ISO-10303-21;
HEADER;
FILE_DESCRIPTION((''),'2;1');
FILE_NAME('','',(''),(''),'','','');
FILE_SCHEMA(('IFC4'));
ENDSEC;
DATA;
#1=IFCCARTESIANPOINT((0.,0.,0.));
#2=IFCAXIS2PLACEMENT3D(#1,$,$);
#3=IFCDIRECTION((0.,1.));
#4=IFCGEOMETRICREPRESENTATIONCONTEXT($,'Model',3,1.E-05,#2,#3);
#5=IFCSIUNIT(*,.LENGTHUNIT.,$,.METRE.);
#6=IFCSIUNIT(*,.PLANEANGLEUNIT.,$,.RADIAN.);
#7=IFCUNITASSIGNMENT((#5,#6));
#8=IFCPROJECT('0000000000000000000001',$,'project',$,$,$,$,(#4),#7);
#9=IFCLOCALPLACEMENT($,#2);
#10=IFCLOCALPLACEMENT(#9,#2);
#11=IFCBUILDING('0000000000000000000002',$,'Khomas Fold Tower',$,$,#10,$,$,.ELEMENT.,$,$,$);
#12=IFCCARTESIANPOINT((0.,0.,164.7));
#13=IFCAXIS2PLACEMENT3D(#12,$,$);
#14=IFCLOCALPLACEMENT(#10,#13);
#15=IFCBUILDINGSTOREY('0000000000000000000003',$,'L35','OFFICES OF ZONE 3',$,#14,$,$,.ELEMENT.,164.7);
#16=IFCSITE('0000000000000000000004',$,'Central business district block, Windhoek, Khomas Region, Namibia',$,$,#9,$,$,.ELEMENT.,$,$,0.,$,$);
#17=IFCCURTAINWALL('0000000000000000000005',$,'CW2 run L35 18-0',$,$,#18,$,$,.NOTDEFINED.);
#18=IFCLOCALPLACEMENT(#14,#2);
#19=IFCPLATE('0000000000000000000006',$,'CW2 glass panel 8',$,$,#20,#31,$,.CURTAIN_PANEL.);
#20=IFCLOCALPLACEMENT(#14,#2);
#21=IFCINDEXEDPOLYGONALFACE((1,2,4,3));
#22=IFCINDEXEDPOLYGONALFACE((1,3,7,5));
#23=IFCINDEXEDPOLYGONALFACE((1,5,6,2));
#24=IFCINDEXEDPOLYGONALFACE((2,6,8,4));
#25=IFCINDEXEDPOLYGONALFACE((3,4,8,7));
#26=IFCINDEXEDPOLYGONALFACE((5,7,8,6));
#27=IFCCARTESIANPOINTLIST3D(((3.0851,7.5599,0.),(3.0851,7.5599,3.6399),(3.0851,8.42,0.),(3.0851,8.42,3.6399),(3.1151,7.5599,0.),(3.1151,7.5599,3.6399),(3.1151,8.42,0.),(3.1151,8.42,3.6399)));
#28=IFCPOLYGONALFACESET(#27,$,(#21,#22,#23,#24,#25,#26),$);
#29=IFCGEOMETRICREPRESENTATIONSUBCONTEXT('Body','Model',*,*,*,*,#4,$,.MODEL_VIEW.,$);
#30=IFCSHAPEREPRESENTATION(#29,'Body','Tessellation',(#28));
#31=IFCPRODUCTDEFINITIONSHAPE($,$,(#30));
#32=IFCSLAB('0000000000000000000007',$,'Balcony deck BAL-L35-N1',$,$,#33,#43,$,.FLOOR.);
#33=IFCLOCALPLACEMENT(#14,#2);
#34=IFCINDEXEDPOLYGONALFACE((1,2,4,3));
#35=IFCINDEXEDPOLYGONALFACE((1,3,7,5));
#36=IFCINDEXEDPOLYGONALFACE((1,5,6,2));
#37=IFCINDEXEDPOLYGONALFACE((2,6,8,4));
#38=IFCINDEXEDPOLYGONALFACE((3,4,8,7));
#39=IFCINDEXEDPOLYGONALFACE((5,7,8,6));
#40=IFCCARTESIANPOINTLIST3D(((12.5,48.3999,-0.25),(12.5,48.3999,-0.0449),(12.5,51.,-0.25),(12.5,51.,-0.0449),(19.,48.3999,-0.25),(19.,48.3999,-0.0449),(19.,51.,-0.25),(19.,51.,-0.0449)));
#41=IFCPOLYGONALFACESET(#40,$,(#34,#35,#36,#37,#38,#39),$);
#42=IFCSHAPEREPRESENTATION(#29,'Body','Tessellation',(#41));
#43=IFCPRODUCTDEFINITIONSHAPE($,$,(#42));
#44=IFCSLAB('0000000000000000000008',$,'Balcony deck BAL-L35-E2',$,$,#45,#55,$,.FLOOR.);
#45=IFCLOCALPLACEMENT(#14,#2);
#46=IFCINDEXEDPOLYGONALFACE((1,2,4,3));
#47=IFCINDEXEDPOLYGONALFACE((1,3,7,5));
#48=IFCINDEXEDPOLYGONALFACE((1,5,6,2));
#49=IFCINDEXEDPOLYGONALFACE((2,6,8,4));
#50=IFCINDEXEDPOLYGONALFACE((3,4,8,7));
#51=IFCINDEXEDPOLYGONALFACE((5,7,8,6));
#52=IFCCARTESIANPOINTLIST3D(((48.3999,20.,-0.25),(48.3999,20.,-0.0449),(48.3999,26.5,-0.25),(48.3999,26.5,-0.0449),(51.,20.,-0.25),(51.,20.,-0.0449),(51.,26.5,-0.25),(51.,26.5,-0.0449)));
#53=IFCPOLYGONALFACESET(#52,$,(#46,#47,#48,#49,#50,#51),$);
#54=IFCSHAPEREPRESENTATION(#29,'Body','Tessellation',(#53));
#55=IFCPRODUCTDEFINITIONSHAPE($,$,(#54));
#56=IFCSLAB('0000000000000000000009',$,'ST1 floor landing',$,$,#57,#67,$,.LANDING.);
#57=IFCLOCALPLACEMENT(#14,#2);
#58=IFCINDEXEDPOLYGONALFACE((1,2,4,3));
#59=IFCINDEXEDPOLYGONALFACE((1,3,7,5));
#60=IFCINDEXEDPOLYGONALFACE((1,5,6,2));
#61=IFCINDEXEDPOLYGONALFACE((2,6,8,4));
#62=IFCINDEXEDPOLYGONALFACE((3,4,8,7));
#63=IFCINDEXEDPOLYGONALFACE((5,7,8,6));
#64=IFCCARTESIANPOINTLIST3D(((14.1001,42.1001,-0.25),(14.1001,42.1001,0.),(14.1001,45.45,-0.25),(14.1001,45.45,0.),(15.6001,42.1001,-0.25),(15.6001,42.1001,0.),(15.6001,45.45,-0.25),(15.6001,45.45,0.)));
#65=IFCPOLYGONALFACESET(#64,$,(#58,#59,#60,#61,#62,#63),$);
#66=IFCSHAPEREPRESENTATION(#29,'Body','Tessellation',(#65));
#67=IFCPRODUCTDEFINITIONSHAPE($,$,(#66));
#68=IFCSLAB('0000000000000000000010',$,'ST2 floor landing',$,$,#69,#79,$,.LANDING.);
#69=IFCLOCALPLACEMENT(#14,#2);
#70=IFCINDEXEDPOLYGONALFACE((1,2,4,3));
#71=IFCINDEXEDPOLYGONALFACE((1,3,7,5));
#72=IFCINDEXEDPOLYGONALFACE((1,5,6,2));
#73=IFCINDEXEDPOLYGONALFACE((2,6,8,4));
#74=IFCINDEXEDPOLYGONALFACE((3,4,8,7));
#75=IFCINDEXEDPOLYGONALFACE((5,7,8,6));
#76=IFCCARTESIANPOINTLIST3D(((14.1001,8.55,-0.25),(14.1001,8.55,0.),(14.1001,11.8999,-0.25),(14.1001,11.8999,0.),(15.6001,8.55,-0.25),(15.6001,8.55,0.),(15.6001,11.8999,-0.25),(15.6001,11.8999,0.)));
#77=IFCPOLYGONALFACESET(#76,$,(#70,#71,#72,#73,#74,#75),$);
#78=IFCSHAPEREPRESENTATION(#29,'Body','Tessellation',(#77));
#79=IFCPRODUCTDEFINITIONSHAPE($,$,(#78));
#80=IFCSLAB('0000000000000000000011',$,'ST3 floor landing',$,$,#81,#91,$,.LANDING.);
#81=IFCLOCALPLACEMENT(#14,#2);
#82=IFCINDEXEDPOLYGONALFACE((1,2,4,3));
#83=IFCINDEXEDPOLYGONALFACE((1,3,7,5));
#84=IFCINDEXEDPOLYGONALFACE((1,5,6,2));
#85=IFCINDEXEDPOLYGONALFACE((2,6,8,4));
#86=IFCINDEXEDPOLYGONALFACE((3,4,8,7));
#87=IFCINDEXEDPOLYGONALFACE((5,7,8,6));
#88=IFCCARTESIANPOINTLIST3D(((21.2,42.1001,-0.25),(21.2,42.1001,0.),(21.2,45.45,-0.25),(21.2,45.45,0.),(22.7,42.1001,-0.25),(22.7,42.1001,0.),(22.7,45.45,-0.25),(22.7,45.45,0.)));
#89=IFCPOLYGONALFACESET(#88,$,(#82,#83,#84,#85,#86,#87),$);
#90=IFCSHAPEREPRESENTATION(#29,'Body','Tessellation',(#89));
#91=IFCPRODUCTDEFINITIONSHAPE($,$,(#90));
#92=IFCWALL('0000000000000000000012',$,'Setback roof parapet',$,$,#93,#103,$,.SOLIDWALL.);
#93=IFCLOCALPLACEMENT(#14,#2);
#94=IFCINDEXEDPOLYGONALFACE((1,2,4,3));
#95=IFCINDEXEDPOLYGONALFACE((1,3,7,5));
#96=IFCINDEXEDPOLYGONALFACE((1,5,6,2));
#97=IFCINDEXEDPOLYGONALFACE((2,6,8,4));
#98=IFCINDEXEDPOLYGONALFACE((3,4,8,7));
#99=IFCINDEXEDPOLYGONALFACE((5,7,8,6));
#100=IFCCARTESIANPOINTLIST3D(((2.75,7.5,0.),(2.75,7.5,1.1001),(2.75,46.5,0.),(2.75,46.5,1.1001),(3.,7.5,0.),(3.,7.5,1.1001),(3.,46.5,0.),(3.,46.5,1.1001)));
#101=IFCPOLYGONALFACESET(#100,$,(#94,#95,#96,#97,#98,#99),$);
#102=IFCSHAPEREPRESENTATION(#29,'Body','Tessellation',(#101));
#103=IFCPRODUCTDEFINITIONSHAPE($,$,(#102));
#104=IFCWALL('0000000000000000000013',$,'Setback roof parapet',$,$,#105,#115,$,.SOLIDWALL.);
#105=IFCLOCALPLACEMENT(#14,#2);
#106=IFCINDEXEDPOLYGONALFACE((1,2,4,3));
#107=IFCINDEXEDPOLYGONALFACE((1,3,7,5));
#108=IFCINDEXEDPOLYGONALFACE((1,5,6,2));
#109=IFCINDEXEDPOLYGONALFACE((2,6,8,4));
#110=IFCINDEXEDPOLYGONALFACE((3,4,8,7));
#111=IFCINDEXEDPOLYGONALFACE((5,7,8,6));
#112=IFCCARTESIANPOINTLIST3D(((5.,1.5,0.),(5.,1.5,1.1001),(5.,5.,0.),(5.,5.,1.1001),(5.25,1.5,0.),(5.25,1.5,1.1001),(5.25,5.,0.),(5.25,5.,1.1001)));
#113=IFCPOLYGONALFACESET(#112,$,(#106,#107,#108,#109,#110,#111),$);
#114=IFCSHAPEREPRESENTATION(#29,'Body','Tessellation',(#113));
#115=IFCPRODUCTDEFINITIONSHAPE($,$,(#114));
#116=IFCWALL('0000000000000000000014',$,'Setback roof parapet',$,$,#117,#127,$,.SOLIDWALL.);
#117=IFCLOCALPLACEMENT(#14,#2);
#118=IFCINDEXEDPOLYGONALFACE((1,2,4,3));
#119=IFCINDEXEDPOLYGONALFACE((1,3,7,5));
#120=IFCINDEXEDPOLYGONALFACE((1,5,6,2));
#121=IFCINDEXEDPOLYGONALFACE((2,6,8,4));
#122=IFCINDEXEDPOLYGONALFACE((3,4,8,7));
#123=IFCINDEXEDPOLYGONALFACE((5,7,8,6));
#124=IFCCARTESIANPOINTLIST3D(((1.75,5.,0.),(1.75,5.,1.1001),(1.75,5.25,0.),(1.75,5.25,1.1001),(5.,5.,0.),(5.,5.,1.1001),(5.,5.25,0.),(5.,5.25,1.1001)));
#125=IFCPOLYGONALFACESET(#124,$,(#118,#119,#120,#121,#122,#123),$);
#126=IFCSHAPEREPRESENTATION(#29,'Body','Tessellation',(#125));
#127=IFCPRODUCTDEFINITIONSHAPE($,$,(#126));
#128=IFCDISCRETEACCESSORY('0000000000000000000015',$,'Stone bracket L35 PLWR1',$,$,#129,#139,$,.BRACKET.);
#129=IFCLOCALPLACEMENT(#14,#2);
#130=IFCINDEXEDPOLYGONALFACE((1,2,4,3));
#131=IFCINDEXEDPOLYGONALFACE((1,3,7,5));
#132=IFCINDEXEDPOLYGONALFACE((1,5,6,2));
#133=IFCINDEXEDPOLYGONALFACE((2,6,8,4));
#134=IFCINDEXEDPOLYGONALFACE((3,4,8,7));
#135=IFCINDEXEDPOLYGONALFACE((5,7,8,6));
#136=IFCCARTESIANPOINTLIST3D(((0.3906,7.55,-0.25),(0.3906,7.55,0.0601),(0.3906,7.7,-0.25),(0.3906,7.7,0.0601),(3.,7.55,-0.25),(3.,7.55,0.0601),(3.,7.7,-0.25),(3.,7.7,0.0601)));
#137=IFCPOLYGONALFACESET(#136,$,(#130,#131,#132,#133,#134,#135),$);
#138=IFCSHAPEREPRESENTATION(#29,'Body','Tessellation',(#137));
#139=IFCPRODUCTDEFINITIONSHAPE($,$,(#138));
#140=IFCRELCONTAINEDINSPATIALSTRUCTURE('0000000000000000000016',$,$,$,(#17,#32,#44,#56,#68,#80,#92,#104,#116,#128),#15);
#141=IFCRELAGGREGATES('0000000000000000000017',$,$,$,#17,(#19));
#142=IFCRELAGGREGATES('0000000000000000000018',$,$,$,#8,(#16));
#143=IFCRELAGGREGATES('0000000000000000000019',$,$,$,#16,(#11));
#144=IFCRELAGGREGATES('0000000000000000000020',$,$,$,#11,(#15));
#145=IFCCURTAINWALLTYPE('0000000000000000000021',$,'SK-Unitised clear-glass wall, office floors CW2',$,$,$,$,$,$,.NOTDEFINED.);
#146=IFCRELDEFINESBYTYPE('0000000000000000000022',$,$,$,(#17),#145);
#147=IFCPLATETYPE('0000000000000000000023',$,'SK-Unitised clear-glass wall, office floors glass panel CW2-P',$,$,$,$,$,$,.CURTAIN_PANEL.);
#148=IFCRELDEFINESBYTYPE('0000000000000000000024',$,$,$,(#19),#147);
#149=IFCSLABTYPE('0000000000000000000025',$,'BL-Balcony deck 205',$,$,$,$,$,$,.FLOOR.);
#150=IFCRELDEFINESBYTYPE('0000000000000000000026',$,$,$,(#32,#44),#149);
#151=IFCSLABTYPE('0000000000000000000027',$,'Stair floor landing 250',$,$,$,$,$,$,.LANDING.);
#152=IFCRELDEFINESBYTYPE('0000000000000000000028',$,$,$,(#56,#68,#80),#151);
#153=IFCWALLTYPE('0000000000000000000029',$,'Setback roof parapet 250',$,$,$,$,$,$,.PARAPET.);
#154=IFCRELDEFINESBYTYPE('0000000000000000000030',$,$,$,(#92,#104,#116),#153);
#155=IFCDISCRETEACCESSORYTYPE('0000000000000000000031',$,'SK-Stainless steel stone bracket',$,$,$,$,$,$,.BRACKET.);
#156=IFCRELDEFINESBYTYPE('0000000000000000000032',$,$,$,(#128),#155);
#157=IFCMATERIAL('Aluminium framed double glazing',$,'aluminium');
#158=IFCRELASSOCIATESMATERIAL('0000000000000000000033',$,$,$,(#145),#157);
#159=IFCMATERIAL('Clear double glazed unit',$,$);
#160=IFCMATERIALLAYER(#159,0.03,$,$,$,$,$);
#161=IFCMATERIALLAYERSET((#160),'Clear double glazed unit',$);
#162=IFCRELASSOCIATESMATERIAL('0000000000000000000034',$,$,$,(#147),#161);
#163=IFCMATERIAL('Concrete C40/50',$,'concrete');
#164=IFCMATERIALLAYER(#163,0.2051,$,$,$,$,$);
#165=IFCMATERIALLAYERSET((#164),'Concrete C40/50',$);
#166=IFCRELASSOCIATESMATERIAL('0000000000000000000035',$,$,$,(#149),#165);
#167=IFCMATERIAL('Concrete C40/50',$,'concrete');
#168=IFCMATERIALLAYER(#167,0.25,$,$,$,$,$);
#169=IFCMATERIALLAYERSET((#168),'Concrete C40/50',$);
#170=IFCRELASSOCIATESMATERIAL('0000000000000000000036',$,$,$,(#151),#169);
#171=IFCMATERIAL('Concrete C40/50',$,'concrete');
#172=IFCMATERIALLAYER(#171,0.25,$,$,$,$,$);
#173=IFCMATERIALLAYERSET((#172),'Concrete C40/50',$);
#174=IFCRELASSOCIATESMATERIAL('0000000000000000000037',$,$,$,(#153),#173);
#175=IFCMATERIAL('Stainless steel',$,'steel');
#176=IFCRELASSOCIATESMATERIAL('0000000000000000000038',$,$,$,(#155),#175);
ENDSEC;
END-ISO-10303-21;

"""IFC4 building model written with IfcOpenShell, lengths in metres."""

from ifc_helpers import new_model, si_unit, direction, frame, frame_2d, origin, origin_2d, place, context, subcontext, project, spatial, polyline, rectangle, outline, extrude, source, transform, mapped, material, layer, layer_set, type_object, element, aggregate, save


model = new_model("IFC4")

# Units and contexts
model_context = context("Model", 3, precision=1e-05, world=origin(), true_north=direction((0.0, 1.0)))
body_context = subcontext(model_context, "Body", "Model", "MODEL_VIEW")
ifc_project = project(units=[si_unit("LENGTHUNIT", "METRE"), si_unit("PLANEANGLEUNIT", "RADIAN")], contexts=[model_context])

# Site, building, storey
site_placement = place(None, origin())
site = spatial("IfcSite", under=ifc_project, at=site_placement, Name="Central business district block, Windhoek, Khomas Region, Namibia", CompositionType="ELEMENT", RefElevation=0.0)
building_placement = place(site_placement, origin())
building = spatial("IfcBuilding", under=site, at=building_placement, Name="Khomas Fold Tower", CompositionType="ELEMENT")
storey_placement = place(building_placement, frame((0.0, 0.0, 164.7)))
storey = spatial("IfcBuildingStorey", under=building, at=storey_placement, Name="L35", Description="OFFICES OF ZONE 3", CompositionType="ELEMENT", Elevation=164.7)

# Curtain wall
ifc_material_1 = material(Name="Aluminium framed double glazing", Category="aluminium")
curtain_wall_type = type_object("IfcCurtainWallType", Name="SK-Unitised clear-glass wall, office floors CW2", PredefinedType="NOTDEFINED", material=ifc_material_1)
curtain_wall_1_placement = place(storey_placement, origin())
curtain_wall_1 = element("IfcCurtainWall", 1, at=curtain_wall_1_placement, inside=storey, type_object=curtain_wall_type, Name="CW2 run L35 18-0", PredefinedType="NOTDEFINED")

# Plate
ifc_material_2 = material(Name="Clear double glazed unit")
ifc_layer_1 = layer(ifc_material_2, 0.03)
ifc_layer_set_1 = layer_set([ifc_layer_1], Name="Clear double glazed unit")
plate_type = type_object("IfcPlateType", Name="SK-Unitised clear-glass wall, office floors glass panel CW2-P", PredefinedType="CURTAIN_PANEL", material=ifc_layer_set_1)
shared_shape_1 = source(origin(), body_context, "Body", "SweptSolid", [
    extrude(rectangle(XDim=0.8601, YDim=0.03, at=origin_2d()), origin(), (0.0, 0.0, 1.0), 3.6399),
])
plate_placement = place(storey_placement, frame((3.1001, 7.99, 0.0), z_axis=(0.0, 0.0, 1.0), x_axis=(0.0, -1.0, 0.0)))
plate = element("IfcPlate", 2, at=plate_placement, type_object=plate_type, Name="CW2 glass panel 8", PredefinedType="CURTAIN_PANEL", context=body_context, shape_type="MappedRepresentation", body=[
    mapped(shared_shape_1, transform((0.0, 0.0, 0.0))),
])
aggregate(curtain_wall_1, [plate])

# Slabs
ifc_material_3 = material(Name="Concrete C40/50", Category="concrete")
ifc_layer_2 = layer(ifc_material_3, 0.2051)
ifc_layer_set_2 = layer_set([ifc_layer_2], Name="Concrete C40/50")
slab_type_1 = type_object("IfcSlabType", Name="BL-Balcony deck 205", PredefinedType="FLOOR", material=ifc_layer_set_2)
shared_shape_2 = source(origin(), body_context, "Body", "SweptSolid", [
    extrude(outline(polyline([(12.5, 48.3999), (19.0, 48.3999), (19.0, 51.0), (12.5, 51.0), (12.5, 48.3999)])), origin(), (0.0, 0.0, 1.0), 0.2051),
])
slab_1_placement = place(storey_placement, frame((0.0, 0.0, -0.25)))
element("IfcSlab", 3, at=slab_1_placement, inside=storey, type_object=slab_type_1, Name="Balcony deck BAL-L35-N1", PredefinedType="FLOOR", context=body_context, shape_type="MappedRepresentation", body=[
    mapped(shared_shape_2, transform((0.0, 0.0, 0.0))),
])
shared_shape_3 = source(origin(), body_context, "Body", "SweptSolid", [
    extrude(outline(polyline([(48.3999, 20.0), (51.0, 20.0), (51.0, 26.5), (48.3999, 26.5), (48.3999, 20.0)])), origin(), (0.0, 0.0, 1.0), 0.2051),
])
slab_2_placement = place(storey_placement, frame((0.0, 0.0, -0.25)))
element("IfcSlab", 4, at=slab_2_placement, inside=storey, type_object=slab_type_1, Name="Balcony deck BAL-L35-E2", PredefinedType="FLOOR", context=body_context, shape_type="MappedRepresentation", body=[
    mapped(shared_shape_3, transform((0.0, 0.0, 0.0))),
])
ifc_material_4 = material(Name="Concrete C40/50", Category="concrete")
ifc_layer_3 = layer(ifc_material_4, 0.25)
ifc_layer_set_3 = layer_set([ifc_layer_3], Name="Concrete C40/50")
slab_type_2 = type_object("IfcSlabType", Name="Stair floor landing 250", PredefinedType="LANDING", material=ifc_layer_set_3)
shared_shape_4 = source(origin(), body_context, "Body", "SweptSolid", [
    extrude(outline(polyline([(14.1001, 45.45), (15.6001, 45.45), (15.6001, 42.1001), (14.1001, 42.1001), (14.1001, 45.45)])), origin(), (0.0, 0.0, 1.0), 0.25),
])
slab_3_placement = place(storey_placement, frame((0.0, 0.0, -0.25)))
element("IfcSlab", 5, at=slab_3_placement, inside=storey, type_object=slab_type_2, Name="ST1 floor landing", PredefinedType="LANDING", context=body_context, shape_type="MappedRepresentation", body=[
    mapped(shared_shape_4, transform((0.0, 0.0, 0.0))),
])
shared_shape_5 = source(origin(), body_context, "Body", "SweptSolid", [
    extrude(outline(polyline([(14.1001, 11.8999), (15.6001, 11.8999), (15.6001, 8.55), (14.1001, 8.55), (14.1001, 11.8999)])), origin(), (0.0, 0.0, 1.0), 0.25),
])
slab_4_placement = place(storey_placement, frame((0.0, 0.0, -0.25)))
element("IfcSlab", 6, at=slab_4_placement, inside=storey, type_object=slab_type_2, Name="ST2 floor landing", PredefinedType="LANDING", context=body_context, shape_type="MappedRepresentation", body=[
    mapped(shared_shape_5, transform((0.0, 0.0, 0.0))),
])
shared_shape_6 = source(origin(), body_context, "Body", "SweptSolid", [
    extrude(outline(polyline([(21.2, 45.45), (22.7, 45.45), (22.7, 42.1001), (21.2, 42.1001), (21.2, 45.45)])), origin(), (0.0, 0.0, 1.0), 0.25),
])
slab_5_placement = place(storey_placement, frame((0.0, 0.0, -0.25)))
element("IfcSlab", 7, at=slab_5_placement, inside=storey, type_object=slab_type_2, Name="ST3 floor landing", PredefinedType="LANDING", context=body_context, shape_type="MappedRepresentation", body=[
    mapped(shared_shape_6, transform((0.0, 0.0, 0.0))),
])

# Walls
ifc_material_5 = material(Name="Concrete C40/50", Category="concrete")
ifc_layer_4 = layer(ifc_material_5, 0.25)
ifc_layer_set_4 = layer_set([ifc_layer_4], Name="Concrete C40/50")
wall_type = type_object("IfcWallType", Name="Setback roof parapet 250", PredefinedType="PARAPET", material=ifc_layer_set_4)
shared_shape_7 = source(origin(), body_context, "Body", "SweptSolid", [
    extrude(rectangle(XDim=39.0, YDim=0.25, at=frame_2d((19.5, 0.0))), origin(), (0.0, 0.0, 1.0), 1.1001),
])
wall_1_placement = place(storey_placement, frame((2.875, 7.5, 0.0), z_axis=(0.0, 0.0, 1.0), x_axis=(0.0, 1.0, 0.0)))
element("IfcWall", 8, at=wall_1_placement, inside=storey, type_object=wall_type, Name="Setback roof parapet", PredefinedType="SOLIDWALL", context=body_context, shape_type="MappedRepresentation", body=[
    mapped(shared_shape_7, transform((0.0, 0.0, 0.0))),
])
shared_shape_8 = source(origin(), body_context, "Body", "SweptSolid", [
    extrude(rectangle(XDim=3.5, YDim=0.25, at=frame_2d((1.75, 0.0))), origin(), (0.0, 0.0, 1.0), 1.1001),
])
wall_2_placement = place(storey_placement, frame((5.125, 5.0, 0.0), z_axis=(0.0, 0.0, 1.0), x_axis=(0.0, -1.0, 0.0)))
element("IfcWall", 9, at=wall_2_placement, inside=storey, type_object=wall_type, Name="Setback roof parapet", PredefinedType="SOLIDWALL", context=body_context, shape_type="MappedRepresentation", body=[
    mapped(shared_shape_8, transform((0.0, 0.0, 0.0))),
])
shared_shape_9 = source(origin(), body_context, "Body", "SweptSolid", [
    extrude(rectangle(XDim=3.25, YDim=0.25, at=frame_2d((1.625, 0.0))), origin(), (0.0, 0.0, 1.0), 1.1001),
])
wall_3_placement = place(storey_placement, frame((1.75, 5.125, 0.0), z_axis=(0.0, 0.0, 1.0), x_axis=(1.0, 0.0, 0.0)))
element("IfcWall", 10, at=wall_3_placement, inside=storey, type_object=wall_type, Name="Setback roof parapet", PredefinedType="SOLIDWALL", context=body_context, shape_type="MappedRepresentation", body=[
    mapped(shared_shape_9, transform((0.0, 0.0, 0.0))),
])

# Discrete accessory
ifc_material_6 = material(Name="Stainless steel", Category="steel")
discrete_accessory_type = type_object("IfcDiscreteAccessoryType", Name="SK-Stainless steel stone bracket", PredefinedType="BRACKET", material=ifc_material_6)
shared_shape_10 = source(origin(), body_context, "Body", "SweptSolid", [
    extrude(rectangle(XDim=2.6094, YDim=0.1499, at=origin_2d()), origin(), (0.0, 0.0, 1.0), 0.3101),
])
discrete_accessory_placement = place(storey_placement, frame((1.6953, 7.625, -0.25), z_axis=(0.0, 0.0, 1.0), x_axis=(-1.0, 0.0, 0.0)))
element("IfcDiscreteAccessory", 11, at=discrete_accessory_placement, inside=storey, type_object=discrete_accessory_type, Name="Stone bracket L35 PLWR1", PredefinedType="BRACKET", context=body_context, shape_type="MappedRepresentation", body=[
    mapped(shared_shape_10, transform((0.0, 0.0, 0.0))),
])

save(model, "model.ifc")
